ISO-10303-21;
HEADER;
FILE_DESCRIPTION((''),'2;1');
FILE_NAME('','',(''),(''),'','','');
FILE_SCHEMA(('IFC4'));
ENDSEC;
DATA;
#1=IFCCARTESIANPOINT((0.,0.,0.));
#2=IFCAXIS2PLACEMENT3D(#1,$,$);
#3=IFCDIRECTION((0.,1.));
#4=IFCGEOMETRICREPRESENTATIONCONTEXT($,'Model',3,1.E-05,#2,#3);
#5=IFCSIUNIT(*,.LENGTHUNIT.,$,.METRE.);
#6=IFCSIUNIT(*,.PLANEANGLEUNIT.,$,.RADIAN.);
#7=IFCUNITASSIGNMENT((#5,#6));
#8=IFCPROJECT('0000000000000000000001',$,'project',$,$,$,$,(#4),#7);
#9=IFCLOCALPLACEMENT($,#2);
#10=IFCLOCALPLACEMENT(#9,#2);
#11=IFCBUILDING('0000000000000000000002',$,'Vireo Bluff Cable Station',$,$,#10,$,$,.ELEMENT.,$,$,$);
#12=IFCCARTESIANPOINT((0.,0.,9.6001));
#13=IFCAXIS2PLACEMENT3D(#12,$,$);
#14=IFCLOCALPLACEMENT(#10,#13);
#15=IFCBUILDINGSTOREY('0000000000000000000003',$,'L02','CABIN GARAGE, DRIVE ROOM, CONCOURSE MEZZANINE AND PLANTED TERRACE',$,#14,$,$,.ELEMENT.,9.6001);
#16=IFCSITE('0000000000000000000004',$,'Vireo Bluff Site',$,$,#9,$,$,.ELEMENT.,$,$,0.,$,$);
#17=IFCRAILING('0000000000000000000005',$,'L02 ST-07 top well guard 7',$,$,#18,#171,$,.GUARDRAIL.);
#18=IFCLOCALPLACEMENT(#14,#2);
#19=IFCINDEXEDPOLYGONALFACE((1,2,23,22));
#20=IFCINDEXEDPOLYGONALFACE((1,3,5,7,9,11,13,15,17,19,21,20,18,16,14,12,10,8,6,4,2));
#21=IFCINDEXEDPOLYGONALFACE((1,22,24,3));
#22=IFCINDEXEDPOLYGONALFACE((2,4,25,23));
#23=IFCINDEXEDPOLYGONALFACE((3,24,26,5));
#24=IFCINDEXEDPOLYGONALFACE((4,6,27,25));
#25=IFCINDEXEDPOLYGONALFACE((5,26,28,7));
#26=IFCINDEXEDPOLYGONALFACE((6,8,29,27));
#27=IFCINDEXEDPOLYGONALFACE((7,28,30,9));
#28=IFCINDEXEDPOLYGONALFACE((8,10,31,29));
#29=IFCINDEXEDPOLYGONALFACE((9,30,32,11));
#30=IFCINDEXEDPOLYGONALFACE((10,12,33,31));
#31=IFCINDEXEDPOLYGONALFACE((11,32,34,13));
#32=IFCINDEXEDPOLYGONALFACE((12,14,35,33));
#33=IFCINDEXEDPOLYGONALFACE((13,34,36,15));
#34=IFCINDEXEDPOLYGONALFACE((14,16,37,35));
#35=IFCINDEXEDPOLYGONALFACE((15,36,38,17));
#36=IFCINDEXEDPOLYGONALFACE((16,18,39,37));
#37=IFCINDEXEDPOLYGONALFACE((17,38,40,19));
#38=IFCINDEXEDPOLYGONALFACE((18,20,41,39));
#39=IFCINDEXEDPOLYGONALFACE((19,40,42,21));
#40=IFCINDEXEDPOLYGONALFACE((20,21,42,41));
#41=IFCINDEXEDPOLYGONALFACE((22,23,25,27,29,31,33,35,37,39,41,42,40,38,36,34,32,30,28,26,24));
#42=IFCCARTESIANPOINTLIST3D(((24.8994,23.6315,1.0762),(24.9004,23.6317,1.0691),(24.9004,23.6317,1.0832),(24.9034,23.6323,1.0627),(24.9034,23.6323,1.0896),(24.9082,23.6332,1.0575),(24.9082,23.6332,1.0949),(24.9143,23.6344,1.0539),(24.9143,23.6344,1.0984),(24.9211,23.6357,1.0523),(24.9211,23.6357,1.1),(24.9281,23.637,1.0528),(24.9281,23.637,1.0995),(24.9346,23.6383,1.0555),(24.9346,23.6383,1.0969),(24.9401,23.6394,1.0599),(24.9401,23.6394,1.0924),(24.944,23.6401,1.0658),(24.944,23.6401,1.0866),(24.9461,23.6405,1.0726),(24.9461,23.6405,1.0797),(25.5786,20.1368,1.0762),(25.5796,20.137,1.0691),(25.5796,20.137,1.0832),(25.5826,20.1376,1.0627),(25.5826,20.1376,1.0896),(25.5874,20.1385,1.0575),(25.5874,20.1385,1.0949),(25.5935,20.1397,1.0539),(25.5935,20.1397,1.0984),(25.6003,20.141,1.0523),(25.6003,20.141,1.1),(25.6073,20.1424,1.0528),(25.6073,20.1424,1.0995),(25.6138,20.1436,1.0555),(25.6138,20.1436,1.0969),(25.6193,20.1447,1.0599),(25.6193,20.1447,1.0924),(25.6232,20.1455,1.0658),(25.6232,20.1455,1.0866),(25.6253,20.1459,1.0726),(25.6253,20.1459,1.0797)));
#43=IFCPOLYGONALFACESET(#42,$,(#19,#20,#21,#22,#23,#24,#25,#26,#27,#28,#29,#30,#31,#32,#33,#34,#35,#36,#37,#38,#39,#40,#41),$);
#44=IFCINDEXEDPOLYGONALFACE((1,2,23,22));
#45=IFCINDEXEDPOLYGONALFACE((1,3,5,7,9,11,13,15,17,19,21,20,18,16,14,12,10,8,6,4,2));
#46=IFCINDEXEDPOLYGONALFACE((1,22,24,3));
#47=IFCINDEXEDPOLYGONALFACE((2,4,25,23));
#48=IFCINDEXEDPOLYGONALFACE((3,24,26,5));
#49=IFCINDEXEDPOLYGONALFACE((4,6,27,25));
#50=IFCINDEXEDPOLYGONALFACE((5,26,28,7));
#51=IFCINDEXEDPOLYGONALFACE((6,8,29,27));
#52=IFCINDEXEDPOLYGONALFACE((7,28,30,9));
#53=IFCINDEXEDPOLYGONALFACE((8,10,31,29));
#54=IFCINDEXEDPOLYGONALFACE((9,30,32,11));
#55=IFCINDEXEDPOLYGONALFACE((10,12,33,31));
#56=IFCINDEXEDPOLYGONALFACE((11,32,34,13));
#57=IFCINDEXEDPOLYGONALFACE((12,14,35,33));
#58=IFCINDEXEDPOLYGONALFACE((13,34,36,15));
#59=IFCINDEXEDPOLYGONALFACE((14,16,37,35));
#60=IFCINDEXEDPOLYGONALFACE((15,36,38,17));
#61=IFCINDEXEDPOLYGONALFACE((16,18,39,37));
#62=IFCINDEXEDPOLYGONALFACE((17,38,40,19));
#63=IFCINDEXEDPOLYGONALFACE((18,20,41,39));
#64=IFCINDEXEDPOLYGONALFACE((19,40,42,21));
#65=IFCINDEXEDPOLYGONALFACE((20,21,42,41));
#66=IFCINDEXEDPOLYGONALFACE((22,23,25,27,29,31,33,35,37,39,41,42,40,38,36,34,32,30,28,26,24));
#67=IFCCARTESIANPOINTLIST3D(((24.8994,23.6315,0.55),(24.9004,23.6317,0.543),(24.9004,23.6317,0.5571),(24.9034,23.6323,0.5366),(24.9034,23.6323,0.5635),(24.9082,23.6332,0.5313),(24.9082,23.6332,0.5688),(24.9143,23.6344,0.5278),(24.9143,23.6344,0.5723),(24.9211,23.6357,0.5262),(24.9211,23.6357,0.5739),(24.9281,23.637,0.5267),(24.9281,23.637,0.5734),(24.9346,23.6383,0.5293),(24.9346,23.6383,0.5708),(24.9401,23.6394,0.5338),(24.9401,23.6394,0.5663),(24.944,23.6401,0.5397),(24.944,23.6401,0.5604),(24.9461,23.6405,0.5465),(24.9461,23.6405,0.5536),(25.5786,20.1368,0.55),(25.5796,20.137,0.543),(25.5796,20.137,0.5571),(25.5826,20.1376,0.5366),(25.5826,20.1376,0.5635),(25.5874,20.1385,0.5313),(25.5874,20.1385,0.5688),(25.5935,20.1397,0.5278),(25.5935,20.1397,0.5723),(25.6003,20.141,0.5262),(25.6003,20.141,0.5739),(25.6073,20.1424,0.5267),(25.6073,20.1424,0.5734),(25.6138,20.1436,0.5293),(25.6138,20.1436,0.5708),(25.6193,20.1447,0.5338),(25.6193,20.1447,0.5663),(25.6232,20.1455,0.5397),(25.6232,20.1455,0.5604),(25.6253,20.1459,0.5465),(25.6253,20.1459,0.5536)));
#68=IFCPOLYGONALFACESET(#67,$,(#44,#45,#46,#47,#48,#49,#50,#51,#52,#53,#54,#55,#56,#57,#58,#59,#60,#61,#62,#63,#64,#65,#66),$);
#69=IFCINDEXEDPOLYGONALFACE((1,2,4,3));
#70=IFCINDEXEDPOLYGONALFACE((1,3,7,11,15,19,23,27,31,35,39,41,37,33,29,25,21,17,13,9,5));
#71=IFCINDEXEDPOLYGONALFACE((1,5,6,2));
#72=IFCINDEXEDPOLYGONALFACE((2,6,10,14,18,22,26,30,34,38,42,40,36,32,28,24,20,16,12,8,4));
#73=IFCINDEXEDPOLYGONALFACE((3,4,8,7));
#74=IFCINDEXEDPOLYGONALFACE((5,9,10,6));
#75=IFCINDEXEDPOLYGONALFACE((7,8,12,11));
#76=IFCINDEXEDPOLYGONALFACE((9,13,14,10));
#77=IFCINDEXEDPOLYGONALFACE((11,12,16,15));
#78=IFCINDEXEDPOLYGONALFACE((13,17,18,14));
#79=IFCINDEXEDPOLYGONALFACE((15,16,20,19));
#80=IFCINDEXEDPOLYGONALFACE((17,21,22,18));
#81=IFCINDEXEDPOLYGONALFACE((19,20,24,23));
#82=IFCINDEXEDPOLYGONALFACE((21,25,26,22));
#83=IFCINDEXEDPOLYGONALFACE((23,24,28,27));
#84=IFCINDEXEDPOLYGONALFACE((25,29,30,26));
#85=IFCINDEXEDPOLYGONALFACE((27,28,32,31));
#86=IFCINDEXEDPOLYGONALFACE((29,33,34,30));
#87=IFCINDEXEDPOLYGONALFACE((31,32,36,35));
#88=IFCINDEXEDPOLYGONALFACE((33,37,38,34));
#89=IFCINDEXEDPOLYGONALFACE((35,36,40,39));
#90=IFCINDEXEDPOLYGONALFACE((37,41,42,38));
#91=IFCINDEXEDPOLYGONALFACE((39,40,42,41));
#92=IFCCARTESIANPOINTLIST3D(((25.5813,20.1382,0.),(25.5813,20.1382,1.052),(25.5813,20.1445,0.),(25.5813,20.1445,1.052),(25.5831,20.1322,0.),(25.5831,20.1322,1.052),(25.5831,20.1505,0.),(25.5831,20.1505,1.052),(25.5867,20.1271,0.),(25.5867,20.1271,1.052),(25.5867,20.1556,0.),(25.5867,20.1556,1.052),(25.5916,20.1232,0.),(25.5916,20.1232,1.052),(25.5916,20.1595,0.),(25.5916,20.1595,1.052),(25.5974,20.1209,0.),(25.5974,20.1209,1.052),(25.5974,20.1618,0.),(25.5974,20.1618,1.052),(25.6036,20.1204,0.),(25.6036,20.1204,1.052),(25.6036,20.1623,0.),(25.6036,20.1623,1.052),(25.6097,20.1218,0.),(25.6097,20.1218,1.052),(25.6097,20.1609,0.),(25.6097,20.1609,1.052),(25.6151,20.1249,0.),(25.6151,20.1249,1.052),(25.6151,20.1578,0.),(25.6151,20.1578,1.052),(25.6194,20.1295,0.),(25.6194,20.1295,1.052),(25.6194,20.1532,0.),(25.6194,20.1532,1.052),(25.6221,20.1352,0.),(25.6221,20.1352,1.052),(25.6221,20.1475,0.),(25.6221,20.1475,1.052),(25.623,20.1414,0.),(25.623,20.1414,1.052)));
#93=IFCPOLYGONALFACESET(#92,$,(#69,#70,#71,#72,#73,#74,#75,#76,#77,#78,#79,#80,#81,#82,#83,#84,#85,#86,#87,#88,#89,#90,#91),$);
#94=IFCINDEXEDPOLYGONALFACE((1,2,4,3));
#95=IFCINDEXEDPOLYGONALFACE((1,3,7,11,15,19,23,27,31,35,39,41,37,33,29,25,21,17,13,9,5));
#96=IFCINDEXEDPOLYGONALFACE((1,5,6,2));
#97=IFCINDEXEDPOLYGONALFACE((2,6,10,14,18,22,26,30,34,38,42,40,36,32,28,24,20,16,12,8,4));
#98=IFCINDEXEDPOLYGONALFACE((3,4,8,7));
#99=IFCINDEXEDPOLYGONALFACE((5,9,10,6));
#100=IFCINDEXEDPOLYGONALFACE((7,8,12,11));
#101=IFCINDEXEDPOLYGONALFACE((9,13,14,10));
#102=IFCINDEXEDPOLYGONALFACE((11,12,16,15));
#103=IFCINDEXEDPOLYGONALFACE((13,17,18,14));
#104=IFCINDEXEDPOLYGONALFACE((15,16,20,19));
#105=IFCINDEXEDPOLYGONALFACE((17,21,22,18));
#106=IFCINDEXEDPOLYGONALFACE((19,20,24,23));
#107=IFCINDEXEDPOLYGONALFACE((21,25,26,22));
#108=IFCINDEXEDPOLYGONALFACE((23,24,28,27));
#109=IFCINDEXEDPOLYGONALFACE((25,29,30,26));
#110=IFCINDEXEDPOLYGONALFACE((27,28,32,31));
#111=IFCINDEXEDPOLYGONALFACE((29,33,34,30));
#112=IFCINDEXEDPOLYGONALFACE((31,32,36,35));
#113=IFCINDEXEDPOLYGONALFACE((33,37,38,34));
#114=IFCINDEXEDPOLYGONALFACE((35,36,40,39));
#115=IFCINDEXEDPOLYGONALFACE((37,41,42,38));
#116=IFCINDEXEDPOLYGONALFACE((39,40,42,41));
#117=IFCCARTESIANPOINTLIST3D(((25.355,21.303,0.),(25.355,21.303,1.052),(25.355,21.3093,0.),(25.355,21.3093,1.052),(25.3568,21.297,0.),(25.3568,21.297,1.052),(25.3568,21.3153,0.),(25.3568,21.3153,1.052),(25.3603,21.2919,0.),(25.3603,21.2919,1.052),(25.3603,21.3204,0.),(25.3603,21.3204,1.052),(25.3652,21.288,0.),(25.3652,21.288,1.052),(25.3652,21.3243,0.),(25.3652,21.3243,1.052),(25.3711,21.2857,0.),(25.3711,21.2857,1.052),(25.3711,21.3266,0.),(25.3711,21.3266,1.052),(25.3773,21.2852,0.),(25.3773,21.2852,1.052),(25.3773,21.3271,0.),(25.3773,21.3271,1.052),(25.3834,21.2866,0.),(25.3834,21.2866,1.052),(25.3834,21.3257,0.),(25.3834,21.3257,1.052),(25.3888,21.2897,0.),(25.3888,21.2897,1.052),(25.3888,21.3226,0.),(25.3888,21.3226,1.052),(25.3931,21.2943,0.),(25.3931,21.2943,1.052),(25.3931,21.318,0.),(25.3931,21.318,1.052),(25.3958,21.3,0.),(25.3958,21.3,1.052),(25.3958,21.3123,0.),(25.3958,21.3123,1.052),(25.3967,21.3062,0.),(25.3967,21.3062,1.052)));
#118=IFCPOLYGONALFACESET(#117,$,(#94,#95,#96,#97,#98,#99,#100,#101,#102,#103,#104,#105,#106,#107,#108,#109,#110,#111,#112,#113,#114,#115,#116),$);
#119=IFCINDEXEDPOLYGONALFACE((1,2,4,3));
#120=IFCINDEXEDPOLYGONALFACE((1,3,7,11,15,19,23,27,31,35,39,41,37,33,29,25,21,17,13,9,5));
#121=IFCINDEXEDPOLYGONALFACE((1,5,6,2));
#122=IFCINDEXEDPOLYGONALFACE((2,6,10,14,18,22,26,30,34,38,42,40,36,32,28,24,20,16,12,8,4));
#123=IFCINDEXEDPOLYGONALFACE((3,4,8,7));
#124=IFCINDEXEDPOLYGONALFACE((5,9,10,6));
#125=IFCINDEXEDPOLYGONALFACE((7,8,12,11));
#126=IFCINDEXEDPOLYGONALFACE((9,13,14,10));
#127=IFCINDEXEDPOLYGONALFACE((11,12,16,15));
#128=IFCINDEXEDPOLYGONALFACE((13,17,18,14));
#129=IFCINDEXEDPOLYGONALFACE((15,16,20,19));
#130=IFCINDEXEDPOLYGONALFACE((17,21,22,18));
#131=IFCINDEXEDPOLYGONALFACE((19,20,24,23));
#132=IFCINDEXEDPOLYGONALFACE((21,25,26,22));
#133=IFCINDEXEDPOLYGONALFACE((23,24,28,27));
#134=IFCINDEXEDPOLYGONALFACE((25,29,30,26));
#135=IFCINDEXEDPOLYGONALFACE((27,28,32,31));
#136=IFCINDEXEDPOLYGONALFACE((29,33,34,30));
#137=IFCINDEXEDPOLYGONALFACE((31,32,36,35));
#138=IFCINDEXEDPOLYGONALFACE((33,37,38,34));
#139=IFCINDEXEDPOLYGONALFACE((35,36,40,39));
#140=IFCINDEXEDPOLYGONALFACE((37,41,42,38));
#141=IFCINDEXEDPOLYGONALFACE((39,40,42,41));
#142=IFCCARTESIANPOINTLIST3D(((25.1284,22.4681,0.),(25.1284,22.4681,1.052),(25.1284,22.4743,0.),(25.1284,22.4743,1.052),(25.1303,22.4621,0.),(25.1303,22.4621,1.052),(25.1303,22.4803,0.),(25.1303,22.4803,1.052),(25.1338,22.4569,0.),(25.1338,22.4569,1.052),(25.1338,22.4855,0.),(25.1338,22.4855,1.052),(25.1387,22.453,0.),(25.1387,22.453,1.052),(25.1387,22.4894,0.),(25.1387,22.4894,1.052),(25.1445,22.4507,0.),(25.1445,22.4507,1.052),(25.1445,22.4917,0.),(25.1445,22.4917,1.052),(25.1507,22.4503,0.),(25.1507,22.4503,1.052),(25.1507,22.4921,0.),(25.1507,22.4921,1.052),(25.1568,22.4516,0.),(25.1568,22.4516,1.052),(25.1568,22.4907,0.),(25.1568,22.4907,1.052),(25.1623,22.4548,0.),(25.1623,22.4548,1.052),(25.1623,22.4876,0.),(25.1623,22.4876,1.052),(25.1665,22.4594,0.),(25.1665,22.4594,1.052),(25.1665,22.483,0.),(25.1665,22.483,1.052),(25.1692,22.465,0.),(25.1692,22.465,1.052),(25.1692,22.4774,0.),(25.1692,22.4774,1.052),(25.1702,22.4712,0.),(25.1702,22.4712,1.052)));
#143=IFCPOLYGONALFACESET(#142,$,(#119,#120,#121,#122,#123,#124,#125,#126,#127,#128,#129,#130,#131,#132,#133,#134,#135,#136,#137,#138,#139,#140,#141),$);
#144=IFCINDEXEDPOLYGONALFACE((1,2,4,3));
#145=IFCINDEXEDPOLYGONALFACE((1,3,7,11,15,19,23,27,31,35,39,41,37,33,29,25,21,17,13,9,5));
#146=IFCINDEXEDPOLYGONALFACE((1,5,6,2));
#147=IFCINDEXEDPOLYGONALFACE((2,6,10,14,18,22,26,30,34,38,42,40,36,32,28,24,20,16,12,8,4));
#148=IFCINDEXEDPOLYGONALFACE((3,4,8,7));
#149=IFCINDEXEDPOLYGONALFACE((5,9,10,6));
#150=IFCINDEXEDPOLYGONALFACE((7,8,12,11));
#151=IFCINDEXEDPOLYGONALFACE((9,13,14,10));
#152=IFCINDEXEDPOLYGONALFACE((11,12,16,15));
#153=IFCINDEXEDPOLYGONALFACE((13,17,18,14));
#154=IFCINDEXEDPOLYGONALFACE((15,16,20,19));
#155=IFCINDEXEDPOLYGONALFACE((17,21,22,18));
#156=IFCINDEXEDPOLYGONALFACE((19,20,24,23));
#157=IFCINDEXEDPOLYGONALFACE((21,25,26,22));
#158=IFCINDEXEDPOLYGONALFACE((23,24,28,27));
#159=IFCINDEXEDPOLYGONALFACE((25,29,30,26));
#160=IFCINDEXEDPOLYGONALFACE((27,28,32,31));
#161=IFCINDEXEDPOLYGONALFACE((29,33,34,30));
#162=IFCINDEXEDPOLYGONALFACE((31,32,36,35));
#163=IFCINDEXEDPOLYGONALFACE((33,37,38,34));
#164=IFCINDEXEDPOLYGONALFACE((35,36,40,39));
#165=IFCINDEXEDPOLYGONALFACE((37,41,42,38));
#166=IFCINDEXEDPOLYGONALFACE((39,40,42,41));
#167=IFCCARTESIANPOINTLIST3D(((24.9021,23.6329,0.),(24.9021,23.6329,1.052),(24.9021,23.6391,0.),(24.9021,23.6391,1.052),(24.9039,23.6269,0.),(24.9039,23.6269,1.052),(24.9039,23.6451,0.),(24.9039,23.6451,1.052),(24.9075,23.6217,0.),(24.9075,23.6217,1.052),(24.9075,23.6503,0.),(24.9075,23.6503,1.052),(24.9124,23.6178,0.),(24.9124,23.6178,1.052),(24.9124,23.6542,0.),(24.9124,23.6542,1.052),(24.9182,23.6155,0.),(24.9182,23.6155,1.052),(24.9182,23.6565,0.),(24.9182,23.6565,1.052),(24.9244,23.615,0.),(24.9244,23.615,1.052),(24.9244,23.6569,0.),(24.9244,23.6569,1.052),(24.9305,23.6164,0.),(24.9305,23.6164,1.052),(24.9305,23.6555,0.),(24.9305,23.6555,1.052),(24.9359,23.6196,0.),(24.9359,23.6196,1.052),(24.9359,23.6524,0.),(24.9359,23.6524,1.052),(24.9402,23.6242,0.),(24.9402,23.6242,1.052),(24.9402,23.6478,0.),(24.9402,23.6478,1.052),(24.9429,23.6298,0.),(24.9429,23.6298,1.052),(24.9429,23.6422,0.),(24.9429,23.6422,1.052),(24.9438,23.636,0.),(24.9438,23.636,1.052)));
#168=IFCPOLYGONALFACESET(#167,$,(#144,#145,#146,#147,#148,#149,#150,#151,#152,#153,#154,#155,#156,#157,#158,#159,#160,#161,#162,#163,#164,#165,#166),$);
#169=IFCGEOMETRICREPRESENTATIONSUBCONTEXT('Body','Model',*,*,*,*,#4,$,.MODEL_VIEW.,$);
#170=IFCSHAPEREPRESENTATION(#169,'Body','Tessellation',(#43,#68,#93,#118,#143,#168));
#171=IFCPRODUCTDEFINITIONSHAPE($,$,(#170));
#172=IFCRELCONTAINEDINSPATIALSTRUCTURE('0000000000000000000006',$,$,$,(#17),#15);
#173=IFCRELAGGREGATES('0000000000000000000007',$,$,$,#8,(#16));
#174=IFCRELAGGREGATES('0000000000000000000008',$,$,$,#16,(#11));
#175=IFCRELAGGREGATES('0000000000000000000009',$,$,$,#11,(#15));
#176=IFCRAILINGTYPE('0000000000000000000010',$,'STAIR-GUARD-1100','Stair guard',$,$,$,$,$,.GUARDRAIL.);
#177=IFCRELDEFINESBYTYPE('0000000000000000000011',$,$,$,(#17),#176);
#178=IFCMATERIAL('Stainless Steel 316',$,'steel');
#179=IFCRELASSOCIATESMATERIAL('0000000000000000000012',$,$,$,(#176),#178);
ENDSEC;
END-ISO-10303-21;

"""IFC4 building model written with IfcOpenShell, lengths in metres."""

from ifc_helpers import new_model, si_unit, direction, frame, origin, origin_2d, place, context, subcontext, project, spatial, circle, extrude, material, type_object, element, save


model = new_model("IFC4")

# Units and contexts
model_context = context("Model", 3, precision=1e-05, world=origin(), true_north=direction((0.0, 1.0)))
body_context = subcontext(model_context, "Body", "Model", "MODEL_VIEW")
ifc_project = project(units=[si_unit("LENGTHUNIT", "METRE"), si_unit("PLANEANGLEUNIT", "RADIAN")], contexts=[model_context])

# Site, building, storey
site_placement = place(None, origin())
site = spatial("IfcSite", under=ifc_project, at=site_placement, Name="Vireo Bluff Site", CompositionType="ELEMENT", RefElevation=0.0)
building_placement = place(site_placement, origin())
building = spatial("IfcBuilding", under=site, at=building_placement, Name="Vireo Bluff Cable Station", CompositionType="ELEMENT")
storey_placement = place(building_placement, frame((0.0, 0.0, 9.6001)))
storey = spatial("IfcBuildingStorey", under=building, at=storey_placement, Name="L02", Description="CABIN GARAGE, DRIVE ROOM, CONCOURSE MEZZANINE AND PLANTED TERRACE", CompositionType="ELEMENT", Elevation=9.6001)

# Railing
ifc_material_1 = material(Name="Stainless Steel 316", Category="steel")
railing_type = type_object("IfcRailingType", Name="STAIR-GUARD-1100", Description="Stair guard", PredefinedType="GUARDRAIL", material=ifc_material_1)
railing_1_placement = place(storey_placement, frame((25.6021, 20.1414, 0.0)))
element("IfcRailing", 1, at=railing_1_placement, inside=storey, type_object=railing_type, Name="L02 ST-07 top well guard 7", PredefinedType="GUARDRAIL", context=body_context, shape_type="SweptSolid", body=[
    extrude(circle(Radius=0.0239, at=origin_2d()), frame((0.0, 0.0, 1.0762), z_axis=(-0.190785, 0.981632, 0.0), x_axis=(-0.981632, -0.190785, 0.0)), (0.0, 0.0, 1.0), 3.5601),
    extrude(circle(Radius=0.0239, at=origin_2d()), frame((0.0, 0.0, 0.55), z_axis=(-0.190785, 0.981632, 0.0), x_axis=(-0.981632, -0.190785, 0.0)), (0.0, 0.0, 1.0), 3.5601),
    extrude(circle(Radius=0.021, at=origin_2d()), origin(), (0.0, 0.0, 1.0), 1.052),
    extrude(circle(Radius=0.021, at=origin_2d()), frame((-0.2263, 1.1648, 0.0)), (0.0, 0.0, 1.0), 1.052),
    extrude(circle(Radius=0.021, at=origin_2d()), frame((-0.4529, 2.3298, 0.0)), (0.0, 0.0, 1.0), 1.052),
    extrude(circle(Radius=0.021, at=origin_2d()), frame((-0.6792, 3.4946, 0.0)), (0.0, 0.0, 1.0), 1.052),
])

save(model, "model.ifc")
